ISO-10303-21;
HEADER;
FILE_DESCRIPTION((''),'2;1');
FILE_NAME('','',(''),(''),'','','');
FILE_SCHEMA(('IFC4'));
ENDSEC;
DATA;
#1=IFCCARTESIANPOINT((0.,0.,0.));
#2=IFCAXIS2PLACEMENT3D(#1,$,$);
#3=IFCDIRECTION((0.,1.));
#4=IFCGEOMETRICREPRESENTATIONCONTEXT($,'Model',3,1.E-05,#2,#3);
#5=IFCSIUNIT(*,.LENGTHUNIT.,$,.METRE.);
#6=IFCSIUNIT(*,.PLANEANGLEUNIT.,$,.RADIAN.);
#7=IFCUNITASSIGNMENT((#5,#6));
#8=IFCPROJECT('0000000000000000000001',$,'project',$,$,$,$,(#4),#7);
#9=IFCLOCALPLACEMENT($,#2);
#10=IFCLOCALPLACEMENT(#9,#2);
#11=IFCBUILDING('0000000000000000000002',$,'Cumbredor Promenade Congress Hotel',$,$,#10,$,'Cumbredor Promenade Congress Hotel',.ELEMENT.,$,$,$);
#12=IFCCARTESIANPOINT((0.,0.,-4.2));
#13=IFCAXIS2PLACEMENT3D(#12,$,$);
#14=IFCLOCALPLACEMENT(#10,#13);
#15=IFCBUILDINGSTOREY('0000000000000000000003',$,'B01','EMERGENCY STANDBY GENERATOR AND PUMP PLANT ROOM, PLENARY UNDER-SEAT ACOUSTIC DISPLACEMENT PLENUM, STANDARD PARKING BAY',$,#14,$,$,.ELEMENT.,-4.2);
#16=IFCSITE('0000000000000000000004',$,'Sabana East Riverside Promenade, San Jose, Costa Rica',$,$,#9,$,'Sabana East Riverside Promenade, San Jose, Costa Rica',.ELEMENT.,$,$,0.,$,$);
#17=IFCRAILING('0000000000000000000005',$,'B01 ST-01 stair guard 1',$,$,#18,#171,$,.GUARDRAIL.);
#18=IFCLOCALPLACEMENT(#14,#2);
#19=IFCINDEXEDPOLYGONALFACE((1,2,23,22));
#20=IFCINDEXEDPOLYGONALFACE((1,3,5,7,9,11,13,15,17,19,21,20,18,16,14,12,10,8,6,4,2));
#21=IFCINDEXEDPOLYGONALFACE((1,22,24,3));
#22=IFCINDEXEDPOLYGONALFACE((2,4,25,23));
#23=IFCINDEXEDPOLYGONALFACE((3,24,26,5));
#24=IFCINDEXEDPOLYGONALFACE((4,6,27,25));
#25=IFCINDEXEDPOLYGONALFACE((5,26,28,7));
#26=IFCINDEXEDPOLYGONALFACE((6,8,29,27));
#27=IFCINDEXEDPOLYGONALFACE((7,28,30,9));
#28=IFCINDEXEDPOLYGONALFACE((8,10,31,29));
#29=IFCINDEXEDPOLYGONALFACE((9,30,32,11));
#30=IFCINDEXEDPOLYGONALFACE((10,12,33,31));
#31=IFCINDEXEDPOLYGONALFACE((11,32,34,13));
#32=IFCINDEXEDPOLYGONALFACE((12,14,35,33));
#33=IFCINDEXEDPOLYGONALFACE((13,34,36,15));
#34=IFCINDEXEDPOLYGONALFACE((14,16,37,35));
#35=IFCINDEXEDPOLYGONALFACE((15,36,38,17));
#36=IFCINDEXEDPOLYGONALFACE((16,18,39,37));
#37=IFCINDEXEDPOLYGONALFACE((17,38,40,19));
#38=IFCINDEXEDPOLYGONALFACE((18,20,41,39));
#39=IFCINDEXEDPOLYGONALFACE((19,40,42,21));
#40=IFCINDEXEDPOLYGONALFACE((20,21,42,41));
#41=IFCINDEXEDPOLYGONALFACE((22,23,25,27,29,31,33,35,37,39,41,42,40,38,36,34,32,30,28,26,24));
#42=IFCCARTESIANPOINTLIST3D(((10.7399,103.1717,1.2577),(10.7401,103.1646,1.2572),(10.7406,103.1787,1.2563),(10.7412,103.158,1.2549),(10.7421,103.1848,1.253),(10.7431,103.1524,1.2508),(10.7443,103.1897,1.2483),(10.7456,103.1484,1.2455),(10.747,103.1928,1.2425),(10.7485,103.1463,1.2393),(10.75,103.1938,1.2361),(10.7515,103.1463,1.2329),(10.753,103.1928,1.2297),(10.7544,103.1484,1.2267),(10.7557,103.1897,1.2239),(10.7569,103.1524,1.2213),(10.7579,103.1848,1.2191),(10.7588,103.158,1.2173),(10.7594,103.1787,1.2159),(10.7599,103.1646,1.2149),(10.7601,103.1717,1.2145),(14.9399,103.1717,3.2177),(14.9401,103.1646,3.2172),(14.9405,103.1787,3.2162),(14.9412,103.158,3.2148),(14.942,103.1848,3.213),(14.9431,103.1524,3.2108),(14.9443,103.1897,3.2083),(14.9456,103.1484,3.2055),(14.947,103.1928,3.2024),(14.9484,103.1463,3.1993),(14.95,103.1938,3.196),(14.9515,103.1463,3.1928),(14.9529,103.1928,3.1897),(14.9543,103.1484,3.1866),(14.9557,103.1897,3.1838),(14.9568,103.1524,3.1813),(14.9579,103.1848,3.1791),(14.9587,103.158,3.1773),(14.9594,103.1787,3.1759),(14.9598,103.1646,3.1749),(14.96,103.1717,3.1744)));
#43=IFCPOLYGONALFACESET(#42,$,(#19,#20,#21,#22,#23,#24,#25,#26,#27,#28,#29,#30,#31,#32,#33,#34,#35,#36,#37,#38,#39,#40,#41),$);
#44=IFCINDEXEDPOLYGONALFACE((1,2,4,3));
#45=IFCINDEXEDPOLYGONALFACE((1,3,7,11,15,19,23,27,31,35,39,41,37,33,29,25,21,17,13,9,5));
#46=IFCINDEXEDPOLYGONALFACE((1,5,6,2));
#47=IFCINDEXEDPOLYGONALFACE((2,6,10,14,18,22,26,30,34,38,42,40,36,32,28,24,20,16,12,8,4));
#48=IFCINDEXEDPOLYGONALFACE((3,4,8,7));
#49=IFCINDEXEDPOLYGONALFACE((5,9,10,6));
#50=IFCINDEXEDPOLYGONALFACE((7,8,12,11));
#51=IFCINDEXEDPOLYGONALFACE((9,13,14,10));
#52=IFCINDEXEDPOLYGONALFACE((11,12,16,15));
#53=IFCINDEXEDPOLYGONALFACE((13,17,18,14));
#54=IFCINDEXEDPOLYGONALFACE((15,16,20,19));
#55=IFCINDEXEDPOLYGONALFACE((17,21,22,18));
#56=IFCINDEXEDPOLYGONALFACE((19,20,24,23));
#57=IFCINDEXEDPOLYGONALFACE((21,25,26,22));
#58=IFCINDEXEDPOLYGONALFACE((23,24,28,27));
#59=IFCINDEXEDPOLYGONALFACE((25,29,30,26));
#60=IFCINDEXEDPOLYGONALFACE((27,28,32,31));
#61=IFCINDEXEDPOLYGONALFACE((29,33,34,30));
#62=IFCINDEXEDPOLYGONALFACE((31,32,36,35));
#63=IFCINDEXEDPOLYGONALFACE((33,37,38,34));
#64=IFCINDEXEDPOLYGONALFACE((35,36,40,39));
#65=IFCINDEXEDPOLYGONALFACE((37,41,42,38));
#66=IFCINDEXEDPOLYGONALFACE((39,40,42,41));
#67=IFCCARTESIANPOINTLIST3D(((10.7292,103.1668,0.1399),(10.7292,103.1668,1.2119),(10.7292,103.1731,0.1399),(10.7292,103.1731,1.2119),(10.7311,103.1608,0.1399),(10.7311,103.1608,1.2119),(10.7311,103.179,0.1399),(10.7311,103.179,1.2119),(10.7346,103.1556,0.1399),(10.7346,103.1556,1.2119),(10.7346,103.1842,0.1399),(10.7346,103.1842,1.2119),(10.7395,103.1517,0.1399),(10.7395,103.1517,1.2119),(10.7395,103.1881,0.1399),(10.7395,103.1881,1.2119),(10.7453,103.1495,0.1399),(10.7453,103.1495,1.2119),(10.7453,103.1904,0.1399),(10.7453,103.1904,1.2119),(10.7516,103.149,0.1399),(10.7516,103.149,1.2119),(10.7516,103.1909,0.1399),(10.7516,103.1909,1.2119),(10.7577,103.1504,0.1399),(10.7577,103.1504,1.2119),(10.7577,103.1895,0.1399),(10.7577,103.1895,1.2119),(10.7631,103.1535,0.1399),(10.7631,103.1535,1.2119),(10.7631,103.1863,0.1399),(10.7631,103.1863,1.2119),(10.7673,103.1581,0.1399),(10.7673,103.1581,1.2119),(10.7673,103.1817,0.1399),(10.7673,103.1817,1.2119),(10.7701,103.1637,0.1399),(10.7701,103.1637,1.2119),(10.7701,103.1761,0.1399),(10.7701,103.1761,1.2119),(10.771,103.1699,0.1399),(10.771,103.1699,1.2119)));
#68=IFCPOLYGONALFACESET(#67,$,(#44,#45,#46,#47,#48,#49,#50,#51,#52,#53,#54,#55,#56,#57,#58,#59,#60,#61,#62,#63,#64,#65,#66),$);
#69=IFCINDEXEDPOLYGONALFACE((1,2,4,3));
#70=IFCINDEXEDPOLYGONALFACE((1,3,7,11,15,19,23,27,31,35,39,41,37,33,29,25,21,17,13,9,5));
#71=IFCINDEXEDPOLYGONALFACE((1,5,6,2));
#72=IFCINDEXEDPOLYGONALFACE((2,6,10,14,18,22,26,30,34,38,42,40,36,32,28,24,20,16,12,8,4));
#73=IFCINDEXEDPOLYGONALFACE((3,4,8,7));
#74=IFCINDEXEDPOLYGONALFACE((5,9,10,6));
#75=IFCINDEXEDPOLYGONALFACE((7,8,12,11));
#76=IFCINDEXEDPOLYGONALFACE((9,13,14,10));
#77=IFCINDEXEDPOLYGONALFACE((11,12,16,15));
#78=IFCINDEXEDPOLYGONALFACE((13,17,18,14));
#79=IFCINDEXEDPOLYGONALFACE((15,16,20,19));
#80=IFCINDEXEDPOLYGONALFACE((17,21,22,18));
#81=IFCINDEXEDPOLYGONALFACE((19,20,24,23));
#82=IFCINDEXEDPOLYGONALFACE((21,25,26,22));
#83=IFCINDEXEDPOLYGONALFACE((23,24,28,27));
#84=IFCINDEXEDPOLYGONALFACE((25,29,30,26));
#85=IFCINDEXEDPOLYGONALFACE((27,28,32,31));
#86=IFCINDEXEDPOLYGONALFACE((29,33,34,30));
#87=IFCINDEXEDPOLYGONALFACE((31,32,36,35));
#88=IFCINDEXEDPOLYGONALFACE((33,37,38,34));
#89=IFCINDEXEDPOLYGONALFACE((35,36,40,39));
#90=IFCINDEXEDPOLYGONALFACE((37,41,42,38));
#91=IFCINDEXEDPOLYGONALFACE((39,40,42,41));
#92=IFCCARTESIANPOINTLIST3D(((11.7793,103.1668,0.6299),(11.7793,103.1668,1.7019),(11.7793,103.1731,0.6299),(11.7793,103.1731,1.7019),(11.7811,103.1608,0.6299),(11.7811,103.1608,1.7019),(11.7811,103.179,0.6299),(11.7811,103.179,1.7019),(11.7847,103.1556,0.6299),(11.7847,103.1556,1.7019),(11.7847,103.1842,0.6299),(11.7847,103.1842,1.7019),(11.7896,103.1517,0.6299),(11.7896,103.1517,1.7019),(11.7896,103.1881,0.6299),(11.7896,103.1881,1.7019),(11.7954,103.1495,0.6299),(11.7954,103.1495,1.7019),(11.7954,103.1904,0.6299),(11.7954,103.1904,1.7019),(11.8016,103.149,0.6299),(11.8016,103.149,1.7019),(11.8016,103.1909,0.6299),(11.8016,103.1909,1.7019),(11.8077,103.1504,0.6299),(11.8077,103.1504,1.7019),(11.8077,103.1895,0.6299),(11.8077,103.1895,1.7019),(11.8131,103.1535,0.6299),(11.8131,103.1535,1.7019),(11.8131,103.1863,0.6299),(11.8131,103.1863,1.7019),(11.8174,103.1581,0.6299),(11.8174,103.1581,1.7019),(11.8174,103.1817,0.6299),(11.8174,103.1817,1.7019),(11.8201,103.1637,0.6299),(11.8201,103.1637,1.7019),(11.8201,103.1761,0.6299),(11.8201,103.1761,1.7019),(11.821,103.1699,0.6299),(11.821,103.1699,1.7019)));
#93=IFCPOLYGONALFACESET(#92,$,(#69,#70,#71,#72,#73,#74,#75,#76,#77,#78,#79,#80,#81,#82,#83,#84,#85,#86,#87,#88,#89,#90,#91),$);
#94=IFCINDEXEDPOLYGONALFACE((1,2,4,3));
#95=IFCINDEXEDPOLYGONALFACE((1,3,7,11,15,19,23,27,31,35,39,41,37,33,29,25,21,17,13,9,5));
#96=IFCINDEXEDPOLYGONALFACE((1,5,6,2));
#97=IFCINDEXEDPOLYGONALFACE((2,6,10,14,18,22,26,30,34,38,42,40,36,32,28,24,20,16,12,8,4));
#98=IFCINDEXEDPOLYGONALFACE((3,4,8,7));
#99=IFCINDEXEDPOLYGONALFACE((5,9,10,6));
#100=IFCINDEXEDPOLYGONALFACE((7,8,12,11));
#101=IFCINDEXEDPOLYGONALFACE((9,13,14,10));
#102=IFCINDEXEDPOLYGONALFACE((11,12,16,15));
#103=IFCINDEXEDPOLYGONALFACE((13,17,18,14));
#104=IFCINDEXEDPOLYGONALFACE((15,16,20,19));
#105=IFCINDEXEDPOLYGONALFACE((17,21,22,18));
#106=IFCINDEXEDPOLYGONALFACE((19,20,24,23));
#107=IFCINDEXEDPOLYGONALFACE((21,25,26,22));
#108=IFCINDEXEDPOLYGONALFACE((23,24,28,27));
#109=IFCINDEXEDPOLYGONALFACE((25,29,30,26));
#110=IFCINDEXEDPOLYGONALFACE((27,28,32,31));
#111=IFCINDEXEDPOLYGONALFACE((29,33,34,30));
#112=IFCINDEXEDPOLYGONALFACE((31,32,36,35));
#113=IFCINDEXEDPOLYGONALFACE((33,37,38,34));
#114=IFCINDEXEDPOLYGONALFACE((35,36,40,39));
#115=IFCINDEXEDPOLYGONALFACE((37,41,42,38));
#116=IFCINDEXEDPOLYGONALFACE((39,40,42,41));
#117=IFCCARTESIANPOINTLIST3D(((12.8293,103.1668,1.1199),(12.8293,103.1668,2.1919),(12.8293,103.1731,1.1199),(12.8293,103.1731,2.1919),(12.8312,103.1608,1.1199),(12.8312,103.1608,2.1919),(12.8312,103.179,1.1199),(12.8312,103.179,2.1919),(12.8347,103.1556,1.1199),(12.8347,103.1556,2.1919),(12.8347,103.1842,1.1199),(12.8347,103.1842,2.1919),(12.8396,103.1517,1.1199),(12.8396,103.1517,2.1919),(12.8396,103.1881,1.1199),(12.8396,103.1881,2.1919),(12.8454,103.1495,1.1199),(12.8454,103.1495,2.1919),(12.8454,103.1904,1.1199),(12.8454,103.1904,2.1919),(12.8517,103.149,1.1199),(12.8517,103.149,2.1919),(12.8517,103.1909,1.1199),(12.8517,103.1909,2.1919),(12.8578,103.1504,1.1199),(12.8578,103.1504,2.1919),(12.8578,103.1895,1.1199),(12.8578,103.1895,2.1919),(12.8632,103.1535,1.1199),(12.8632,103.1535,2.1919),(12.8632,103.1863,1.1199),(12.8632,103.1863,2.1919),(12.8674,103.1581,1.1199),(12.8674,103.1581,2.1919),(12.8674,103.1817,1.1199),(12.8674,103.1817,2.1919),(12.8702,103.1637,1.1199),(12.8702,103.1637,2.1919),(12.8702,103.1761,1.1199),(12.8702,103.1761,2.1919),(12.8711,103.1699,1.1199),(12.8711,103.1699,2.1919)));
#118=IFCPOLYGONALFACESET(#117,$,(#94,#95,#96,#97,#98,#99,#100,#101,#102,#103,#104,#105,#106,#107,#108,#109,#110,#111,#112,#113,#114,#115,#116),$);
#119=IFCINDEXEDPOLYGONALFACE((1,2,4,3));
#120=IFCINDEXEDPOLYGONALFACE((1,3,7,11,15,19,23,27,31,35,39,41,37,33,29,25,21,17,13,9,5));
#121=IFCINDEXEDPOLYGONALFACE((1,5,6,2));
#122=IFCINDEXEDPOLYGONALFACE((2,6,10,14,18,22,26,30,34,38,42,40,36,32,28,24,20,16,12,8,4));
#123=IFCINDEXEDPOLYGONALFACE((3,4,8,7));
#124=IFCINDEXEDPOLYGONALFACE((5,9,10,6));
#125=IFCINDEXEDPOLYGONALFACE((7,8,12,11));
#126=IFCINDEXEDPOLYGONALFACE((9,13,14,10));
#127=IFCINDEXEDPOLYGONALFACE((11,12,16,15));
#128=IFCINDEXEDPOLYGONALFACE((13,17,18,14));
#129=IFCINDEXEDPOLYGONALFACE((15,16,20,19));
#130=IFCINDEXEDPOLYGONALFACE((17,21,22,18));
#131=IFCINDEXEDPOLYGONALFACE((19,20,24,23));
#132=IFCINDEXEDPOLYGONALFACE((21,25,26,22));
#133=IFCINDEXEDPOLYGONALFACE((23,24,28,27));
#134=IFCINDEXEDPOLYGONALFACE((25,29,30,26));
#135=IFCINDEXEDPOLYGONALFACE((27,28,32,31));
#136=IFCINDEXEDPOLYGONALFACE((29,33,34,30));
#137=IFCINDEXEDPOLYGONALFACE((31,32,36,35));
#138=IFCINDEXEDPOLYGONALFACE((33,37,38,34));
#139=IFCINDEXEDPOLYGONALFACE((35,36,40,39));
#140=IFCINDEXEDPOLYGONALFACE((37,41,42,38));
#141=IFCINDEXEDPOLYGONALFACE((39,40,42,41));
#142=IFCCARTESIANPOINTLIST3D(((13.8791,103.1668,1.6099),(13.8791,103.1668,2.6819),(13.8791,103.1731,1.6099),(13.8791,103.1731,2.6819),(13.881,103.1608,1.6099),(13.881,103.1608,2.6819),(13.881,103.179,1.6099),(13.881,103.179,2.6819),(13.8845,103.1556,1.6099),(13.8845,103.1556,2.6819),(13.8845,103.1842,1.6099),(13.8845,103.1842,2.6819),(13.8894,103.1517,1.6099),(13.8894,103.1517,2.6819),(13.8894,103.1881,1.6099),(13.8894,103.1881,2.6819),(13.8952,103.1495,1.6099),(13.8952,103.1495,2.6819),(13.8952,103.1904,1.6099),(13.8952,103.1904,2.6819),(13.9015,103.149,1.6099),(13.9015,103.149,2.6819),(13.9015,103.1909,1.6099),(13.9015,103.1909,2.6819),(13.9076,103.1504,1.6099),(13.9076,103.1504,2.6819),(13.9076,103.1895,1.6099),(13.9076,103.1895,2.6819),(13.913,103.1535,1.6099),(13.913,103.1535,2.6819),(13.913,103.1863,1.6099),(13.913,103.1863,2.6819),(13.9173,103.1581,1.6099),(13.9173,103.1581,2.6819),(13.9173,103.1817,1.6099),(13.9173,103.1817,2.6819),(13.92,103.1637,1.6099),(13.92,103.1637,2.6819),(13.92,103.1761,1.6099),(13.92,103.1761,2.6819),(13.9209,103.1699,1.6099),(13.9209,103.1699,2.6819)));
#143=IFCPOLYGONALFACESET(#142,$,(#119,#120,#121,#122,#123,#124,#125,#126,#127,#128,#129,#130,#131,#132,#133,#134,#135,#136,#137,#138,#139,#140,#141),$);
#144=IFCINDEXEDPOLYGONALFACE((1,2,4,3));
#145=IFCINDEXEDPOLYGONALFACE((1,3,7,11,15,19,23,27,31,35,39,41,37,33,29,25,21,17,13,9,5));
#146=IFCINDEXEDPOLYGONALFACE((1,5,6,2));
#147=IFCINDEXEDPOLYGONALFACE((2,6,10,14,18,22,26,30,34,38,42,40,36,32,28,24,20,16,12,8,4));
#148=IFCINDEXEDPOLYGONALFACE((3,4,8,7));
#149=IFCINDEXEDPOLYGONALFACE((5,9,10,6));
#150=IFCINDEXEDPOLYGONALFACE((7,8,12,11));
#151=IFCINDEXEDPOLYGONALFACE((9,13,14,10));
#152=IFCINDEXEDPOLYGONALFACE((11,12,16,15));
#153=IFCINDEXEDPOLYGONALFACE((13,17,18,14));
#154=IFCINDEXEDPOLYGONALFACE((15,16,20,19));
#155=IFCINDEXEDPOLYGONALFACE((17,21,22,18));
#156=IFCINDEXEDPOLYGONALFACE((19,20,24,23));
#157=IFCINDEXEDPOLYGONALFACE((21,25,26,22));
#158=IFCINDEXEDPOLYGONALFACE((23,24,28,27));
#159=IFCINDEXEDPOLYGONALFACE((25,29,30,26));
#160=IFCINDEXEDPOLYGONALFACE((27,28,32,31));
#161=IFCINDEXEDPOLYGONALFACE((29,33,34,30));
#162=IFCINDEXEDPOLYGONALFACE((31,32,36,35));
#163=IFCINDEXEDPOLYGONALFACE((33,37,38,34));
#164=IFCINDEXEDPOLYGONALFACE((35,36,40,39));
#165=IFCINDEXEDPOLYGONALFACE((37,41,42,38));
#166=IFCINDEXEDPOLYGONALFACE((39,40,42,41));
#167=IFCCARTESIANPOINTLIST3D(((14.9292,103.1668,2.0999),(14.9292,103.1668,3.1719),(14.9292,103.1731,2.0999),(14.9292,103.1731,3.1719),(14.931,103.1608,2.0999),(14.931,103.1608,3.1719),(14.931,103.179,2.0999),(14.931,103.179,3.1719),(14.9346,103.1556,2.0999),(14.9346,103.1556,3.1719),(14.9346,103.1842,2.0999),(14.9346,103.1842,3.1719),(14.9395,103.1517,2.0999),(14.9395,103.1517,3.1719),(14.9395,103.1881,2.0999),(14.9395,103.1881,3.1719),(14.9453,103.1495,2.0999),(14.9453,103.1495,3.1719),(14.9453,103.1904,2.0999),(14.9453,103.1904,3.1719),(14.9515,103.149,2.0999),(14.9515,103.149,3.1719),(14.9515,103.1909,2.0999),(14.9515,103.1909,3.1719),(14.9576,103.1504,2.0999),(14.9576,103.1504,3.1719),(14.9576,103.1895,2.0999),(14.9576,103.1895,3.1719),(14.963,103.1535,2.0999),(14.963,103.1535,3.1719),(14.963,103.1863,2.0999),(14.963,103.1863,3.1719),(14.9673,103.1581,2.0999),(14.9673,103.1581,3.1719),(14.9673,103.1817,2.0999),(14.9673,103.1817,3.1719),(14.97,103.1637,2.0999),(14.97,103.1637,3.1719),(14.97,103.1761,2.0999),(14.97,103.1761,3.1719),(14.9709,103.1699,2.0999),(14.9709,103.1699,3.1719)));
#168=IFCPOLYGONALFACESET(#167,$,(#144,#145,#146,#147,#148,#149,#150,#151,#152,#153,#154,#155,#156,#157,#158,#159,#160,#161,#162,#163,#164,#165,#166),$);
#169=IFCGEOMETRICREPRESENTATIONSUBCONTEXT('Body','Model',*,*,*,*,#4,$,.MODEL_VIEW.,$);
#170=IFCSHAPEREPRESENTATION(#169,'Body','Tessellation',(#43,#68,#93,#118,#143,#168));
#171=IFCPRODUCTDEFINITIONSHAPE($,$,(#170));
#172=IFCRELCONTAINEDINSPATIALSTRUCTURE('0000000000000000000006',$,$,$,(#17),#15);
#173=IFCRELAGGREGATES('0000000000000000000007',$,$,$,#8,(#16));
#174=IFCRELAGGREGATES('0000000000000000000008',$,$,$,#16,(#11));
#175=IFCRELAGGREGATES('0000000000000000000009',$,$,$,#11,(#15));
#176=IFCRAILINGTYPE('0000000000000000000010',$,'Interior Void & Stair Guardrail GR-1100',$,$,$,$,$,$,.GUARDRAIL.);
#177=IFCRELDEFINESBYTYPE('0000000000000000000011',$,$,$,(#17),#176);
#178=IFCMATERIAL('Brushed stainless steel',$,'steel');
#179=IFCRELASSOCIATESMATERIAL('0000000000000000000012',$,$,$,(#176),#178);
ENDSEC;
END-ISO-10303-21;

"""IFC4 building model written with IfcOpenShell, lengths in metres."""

from ifc_helpers import new_model, si_unit, direction, frame, origin, origin_2d, place, context, subcontext, project, spatial, circle, extrude, material, type_object, element, save


model = new_model("IFC4")

# Units and contexts
model_context = context("Model", 3, precision=1e-05, world=origin(), true_north=direction((0.0, 1.0)))
body_context = subcontext(model_context, "Body", "Model", "MODEL_VIEW")
ifc_project = project(units=[si_unit("LENGTHUNIT", "METRE"), si_unit("PLANEANGLEUNIT", "RADIAN")], contexts=[model_context])

# Site, building, storey
site_placement = place(None, origin())
site = spatial("IfcSite", under=ifc_project, at=site_placement, Name="Sabana East Riverside Promenade, San Jose, Costa Rica", LongName="Sabana East Riverside Promenade, San Jose, Costa Rica", CompositionType="ELEMENT", RefElevation=0.0)
building_placement = place(site_placement, origin())
building = spatial("IfcBuilding", under=site, at=building_placement, Name="Cumbredor Promenade Congress Hotel", LongName="Cumbredor Promenade Congress Hotel", CompositionType="ELEMENT")
storey_placement = place(building_placement, frame((0.0, 0.0, -4.2)))
storey = spatial("IfcBuildingStorey", under=building, at=storey_placement, Name="B01", Description="EMERGENCY STANDBY GENERATOR AND PUMP PLANT ROOM, PLENARY UNDER-SEAT ACOUSTIC DISPLACEMENT PLENUM, STANDARD PARKING BAY", CompositionType="ELEMENT", Elevation=-4.2)

# Railing
ifc_material_1 = material(Name="Brushed stainless steel", Category="steel")
railing_type_1 = type_object("IfcRailingType", Name="Interior Void & Stair Guardrail GR-1100", PredefinedType="GUARDRAIL", material=ifc_material_1)
railing_1_placement = place(storey_placement, frame((10.75, 103.1699, 0.1399)))
element("IfcRailing", 1, at=railing_1_placement, inside=storey, type_object=railing_type_1, Name="B01 ST-01 stair guard 1", PredefinedType="GUARDRAIL", context=body_context, shape_type="SweptSolid", body=[
    extrude(circle(Radius=0.0239, at=origin_2d()), frame((0.0, 0.0, 1.0962), z_axis=(0.906184, 0.0, 0.422883), x_axis=(0.0, 1.0, 0.0)), (0.0, 0.0, 1.0), 4.6348),
    extrude(circle(Radius=0.021, at=origin_2d()), origin(), (0.0, 0.0, 1.0), 1.072),
    extrude(circle(Radius=0.021, at=origin_2d()), frame((1.05, 0.0, 0.49)), (0.0, 0.0, 1.0), 1.072),
    extrude(circle(Radius=0.021, at=origin_2d()), frame((2.1001, 0.0, 0.98)), (0.0, 0.0, 1.0), 1.072),
    extrude(circle(Radius=0.021, at=origin_2d()), frame((3.1499, 0.0, 1.47)), (0.0, 0.0, 1.0), 1.072),
    extrude(circle(Radius=0.021, at=origin_2d()), frame((4.2, 0.0, 1.96)), (0.0, 0.0, 1.0), 1.072),
])

save(model, "model.ifc")
